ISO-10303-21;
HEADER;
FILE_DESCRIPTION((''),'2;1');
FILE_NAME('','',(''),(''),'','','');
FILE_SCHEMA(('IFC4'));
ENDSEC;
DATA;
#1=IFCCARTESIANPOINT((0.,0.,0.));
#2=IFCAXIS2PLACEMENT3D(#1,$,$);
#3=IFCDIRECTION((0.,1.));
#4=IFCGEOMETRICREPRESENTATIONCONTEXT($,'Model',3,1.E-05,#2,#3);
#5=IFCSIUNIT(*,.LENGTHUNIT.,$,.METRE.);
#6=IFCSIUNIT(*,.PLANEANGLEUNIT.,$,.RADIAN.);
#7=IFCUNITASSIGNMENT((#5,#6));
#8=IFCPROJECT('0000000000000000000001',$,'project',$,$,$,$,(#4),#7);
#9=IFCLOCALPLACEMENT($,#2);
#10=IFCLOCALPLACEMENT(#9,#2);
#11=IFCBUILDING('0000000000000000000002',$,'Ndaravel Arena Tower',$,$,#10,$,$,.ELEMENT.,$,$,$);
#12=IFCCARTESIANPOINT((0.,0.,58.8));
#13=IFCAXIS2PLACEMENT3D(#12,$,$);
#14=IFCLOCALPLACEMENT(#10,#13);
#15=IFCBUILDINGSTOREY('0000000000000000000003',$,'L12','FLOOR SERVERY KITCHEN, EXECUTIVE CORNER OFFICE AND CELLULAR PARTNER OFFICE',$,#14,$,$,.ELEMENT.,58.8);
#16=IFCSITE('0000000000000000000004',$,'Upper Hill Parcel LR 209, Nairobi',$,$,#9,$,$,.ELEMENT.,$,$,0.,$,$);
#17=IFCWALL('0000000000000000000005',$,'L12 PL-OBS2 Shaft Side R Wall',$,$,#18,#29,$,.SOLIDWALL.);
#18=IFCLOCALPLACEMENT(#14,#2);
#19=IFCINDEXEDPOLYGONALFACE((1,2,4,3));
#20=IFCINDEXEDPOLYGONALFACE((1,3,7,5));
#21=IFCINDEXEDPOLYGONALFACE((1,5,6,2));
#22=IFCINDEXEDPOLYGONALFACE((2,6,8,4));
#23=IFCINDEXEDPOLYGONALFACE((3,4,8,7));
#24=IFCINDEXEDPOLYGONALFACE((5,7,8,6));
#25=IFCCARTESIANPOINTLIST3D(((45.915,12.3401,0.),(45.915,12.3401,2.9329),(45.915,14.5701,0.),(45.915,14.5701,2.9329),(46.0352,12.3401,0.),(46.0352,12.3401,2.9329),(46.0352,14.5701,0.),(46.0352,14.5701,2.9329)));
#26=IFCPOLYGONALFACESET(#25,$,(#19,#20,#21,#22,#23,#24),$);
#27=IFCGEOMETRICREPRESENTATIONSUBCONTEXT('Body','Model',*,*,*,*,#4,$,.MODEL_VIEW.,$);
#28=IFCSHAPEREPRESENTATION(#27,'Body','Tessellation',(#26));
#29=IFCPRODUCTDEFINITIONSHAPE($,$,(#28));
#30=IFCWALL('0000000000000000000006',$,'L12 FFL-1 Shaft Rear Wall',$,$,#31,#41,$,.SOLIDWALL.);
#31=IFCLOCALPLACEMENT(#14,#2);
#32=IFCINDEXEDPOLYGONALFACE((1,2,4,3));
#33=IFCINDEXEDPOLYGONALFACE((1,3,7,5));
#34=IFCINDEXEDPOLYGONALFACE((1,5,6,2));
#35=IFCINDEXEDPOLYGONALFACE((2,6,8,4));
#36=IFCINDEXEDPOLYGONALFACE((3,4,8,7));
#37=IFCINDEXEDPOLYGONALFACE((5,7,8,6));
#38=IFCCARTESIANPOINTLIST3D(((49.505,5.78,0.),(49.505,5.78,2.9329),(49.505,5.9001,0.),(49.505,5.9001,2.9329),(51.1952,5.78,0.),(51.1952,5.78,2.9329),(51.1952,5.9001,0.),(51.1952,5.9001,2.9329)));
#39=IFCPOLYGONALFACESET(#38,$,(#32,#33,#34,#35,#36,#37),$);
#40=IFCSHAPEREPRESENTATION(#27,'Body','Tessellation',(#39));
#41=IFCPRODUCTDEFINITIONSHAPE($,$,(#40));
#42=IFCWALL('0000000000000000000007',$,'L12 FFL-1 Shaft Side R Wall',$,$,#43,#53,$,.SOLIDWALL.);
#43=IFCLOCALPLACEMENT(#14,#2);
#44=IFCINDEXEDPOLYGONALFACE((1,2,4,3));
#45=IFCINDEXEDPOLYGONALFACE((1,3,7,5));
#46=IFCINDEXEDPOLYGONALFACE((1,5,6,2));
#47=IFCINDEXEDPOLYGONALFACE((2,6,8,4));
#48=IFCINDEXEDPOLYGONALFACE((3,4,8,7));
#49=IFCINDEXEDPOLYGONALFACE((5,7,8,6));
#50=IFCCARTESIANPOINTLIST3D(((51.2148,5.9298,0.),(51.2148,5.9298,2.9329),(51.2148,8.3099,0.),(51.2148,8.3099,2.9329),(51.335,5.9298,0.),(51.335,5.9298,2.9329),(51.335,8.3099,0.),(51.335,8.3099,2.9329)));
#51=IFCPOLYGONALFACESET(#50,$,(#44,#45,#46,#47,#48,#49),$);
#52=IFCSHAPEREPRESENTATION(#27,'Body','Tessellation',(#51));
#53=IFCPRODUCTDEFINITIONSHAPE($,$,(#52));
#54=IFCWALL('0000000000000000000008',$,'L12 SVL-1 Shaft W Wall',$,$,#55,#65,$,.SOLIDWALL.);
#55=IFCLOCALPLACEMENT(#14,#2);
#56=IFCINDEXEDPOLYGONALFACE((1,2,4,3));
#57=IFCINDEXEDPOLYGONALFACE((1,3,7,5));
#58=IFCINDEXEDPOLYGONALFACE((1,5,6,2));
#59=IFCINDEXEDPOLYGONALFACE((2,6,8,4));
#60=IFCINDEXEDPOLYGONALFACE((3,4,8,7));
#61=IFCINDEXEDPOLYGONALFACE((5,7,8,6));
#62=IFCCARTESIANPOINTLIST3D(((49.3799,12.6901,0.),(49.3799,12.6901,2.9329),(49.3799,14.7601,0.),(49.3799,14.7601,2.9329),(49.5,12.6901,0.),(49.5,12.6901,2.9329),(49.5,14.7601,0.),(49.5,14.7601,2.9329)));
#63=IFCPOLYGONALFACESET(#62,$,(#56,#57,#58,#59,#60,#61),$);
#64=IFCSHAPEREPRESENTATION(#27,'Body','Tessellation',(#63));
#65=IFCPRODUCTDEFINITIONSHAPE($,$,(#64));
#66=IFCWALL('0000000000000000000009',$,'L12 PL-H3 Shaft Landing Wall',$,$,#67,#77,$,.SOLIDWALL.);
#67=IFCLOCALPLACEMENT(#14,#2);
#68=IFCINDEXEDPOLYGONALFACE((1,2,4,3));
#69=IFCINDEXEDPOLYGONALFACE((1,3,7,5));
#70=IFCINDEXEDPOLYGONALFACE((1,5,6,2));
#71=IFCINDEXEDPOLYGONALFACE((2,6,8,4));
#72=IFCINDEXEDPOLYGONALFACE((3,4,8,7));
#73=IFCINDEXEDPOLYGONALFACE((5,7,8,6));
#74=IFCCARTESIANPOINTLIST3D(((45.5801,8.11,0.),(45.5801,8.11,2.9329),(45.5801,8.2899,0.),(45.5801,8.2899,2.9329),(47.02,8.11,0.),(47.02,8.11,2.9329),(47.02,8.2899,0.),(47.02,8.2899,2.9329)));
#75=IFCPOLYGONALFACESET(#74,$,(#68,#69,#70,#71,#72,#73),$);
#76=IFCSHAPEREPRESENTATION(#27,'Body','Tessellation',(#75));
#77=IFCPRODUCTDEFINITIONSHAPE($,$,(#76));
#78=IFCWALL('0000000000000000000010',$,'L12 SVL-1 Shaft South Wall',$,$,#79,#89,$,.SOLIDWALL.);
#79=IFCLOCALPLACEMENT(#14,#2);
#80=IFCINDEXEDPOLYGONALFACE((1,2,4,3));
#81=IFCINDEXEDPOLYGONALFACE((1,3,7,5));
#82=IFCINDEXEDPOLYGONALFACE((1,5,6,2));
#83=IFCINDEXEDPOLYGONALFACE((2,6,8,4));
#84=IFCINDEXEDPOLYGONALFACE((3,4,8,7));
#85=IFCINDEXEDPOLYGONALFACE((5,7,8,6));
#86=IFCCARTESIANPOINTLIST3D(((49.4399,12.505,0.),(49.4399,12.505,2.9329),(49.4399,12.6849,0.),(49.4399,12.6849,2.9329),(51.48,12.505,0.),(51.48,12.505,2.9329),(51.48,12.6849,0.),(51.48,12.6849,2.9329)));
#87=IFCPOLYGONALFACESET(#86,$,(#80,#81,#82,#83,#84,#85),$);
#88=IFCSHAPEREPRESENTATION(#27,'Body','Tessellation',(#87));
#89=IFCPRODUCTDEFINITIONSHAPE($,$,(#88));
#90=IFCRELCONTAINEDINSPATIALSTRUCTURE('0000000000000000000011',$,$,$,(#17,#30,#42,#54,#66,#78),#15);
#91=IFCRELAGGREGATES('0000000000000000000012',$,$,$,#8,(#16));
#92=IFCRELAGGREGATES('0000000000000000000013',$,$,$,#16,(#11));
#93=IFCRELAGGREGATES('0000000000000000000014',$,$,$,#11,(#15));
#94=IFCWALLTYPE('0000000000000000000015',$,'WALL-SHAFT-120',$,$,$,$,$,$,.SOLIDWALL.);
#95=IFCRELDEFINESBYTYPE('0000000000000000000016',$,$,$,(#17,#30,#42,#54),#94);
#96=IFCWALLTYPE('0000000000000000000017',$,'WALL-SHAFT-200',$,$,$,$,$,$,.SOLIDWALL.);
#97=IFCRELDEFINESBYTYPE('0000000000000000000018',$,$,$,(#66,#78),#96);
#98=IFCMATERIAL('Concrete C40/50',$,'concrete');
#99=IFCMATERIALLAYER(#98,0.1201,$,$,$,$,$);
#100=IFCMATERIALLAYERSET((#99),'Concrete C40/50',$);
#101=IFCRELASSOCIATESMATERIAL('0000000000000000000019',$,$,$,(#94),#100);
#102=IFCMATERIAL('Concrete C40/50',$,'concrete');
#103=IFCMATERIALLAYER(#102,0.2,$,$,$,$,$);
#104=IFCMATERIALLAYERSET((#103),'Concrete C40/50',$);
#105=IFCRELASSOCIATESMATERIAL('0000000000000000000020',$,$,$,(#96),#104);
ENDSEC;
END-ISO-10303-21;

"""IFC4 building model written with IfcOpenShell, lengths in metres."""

from ifc_helpers import new_model, si_unit, direction, frame, frame_2d, origin, place, context, subcontext, project, spatial, rectangle, extrude, material, layer, layer_set, type_object, element, save


model = new_model("IFC4")

# Units and contexts
model_context = context("Model", 3, precision=1e-05, world=origin(), true_north=direction((0.0, 1.0)))
body_context = subcontext(model_context, "Body", "Model", "MODEL_VIEW")
ifc_project = project(units=[si_unit("LENGTHUNIT", "METRE"), si_unit("PLANEANGLEUNIT", "RADIAN")], contexts=[model_context])

# Site, building, storey
site_placement = place(None, origin())
site = spatial("IfcSite", under=ifc_project, at=site_placement, Name="Upper Hill Parcel LR 209, Nairobi", CompositionType="ELEMENT", RefElevation=0.0)
building_placement = place(site_placement, origin())
building = spatial("IfcBuilding", under=site, at=building_placement, Name="Ndaravel Arena Tower", CompositionType="ELEMENT")
storey_placement = place(building_placement, frame((0.0, 0.0, 58.8)))
storey = spatial("IfcBuildingStorey", under=building, at=storey_placement, Name="L12", Description="FLOOR SERVERY KITCHEN, EXECUTIVE CORNER OFFICE AND CELLULAR PARTNER OFFICE", CompositionType="ELEMENT", Elevation=58.8)

# Walls
ifc_material_1 = material(Name="Concrete C40/50", Category="concrete")
ifc_layer_1 = layer(ifc_material_1, 0.1201)
ifc_layer_set_1 = layer_set([ifc_layer_1], Name="Concrete C40/50")
wall_type_1 = type_object("IfcWallType", Name="WALL-SHAFT-120", PredefinedType="SOLIDWALL", material=ifc_layer_set_1)
wall_1_placement = place(storey_placement, frame((45.9751, 12.3401, 0.0), z_axis=(0.0, 0.0, 1.0), x_axis=(0.0, 1.0, 0.0)))
element("IfcWall", 1, at=wall_1_placement, inside=storey, type_object=wall_type_1, Name="L12 PL-OBS2 Shaft Side R Wall", PredefinedType="SOLIDWALL", context=body_context, shape_type="SweptSolid", body=[
    extrude(rectangle(XDim=2.23, YDim=0.1201, at=frame_2d((1.115, 0.0))), origin(), (0.0, 0.0, 1.0), 2.9329),
])
wall_2_placement = place(storey_placement, frame((49.5049, 5.8401, 0.0), z_axis=(0.0, 0.0, 1.0), x_axis=(1.0, 0.0, 0.0)))
element("IfcWall", 2, at=wall_2_placement, inside=storey, type_object=wall_type_1, Name="L12 FFL-1 Shaft Rear Wall", PredefinedType="SOLIDWALL", context=body_context, shape_type="SweptSolid", body=[
    extrude(rectangle(XDim=1.6902, YDim=0.1201, at=frame_2d((0.8452, 0.0))), origin(), (0.0, 0.0, 1.0), 2.9329),
])
wall_3_placement = place(storey_placement, frame((51.2749, 5.9299, 0.0), z_axis=(0.0, 0.0, 1.0), x_axis=(0.0, 1.0, 0.0)))
element("IfcWall", 3, at=wall_3_placement, inside=storey, type_object=wall_type_1, Name="L12 FFL-1 Shaft Side R Wall", PredefinedType="SOLIDWALL", context=body_context, shape_type="SweptSolid", body=[
    extrude(rectangle(XDim=2.3801, YDim=0.1201, at=frame_2d((1.1899, 0.0))), origin(), (0.0, 0.0, 1.0), 2.9329),
])
wall_4_placement = place(storey_placement, frame((49.4399, 12.6899, 0.0), z_axis=(0.0, 0.0, 1.0), x_axis=(0.0, 1.0, 0.0)))
element("IfcWall", 4, at=wall_4_placement, inside=storey, type_object=wall_type_1, Name="L12 SVL-1 Shaft W Wall", PredefinedType="SOLIDWALL", context=body_context, shape_type="SweptSolid", body=[
    extrude(rectangle(XDim=2.0701, YDim=0.1201, at=frame_2d((1.0352, 0.0))), origin(), (0.0, 0.0, 1.0), 2.9329),
])
ifc_material_2 = material(Name="Concrete C40/50", Category="concrete")
ifc_layer_2 = layer(ifc_material_2, 0.2)
ifc_layer_set_2 = layer_set([ifc_layer_2], Name="Concrete C40/50")
wall_type_2 = type_object("IfcWallType", Name="WALL-SHAFT-200", PredefinedType="SOLIDWALL", material=ifc_layer_set_2)
wall_5_placement = place(storey_placement, frame((45.5801, 8.2, 0.0), z_axis=(0.0, 0.0, 1.0), x_axis=(1.0, 0.0, 0.0)))
element("IfcWall", 5, at=wall_5_placement, inside=storey, type_object=wall_type_2, Name="L12 PL-H3 Shaft Landing Wall", PredefinedType="SOLIDWALL", context=body_context, shape_type="SweptSolid", body=[
    extrude(rectangle(XDim=1.4399, YDim=0.1799, at=frame_2d((0.72, 0.0))), origin(), (0.0, 0.0, 1.0), 2.9329),
])

# Wall
wall_6_placement = place(storey_placement, frame((49.4399, 12.595, 0.0), z_axis=(0.0, 0.0, 1.0), x_axis=(1.0, 0.0, 0.0)))
element("IfcWall", 6, at=wall_6_placement, inside=storey, type_object=wall_type_2, Name="L12 SVL-1 Shaft South Wall", PredefinedType="SOLIDWALL", context=body_context, shape_type="SweptSolid", body=[
    extrude(rectangle(XDim=2.04, YDim=0.1799, at=frame_2d((1.02, 0.0))), origin(), (0.0, 0.0, 1.0), 2.9329),
])

save(model, "model.ifc")
